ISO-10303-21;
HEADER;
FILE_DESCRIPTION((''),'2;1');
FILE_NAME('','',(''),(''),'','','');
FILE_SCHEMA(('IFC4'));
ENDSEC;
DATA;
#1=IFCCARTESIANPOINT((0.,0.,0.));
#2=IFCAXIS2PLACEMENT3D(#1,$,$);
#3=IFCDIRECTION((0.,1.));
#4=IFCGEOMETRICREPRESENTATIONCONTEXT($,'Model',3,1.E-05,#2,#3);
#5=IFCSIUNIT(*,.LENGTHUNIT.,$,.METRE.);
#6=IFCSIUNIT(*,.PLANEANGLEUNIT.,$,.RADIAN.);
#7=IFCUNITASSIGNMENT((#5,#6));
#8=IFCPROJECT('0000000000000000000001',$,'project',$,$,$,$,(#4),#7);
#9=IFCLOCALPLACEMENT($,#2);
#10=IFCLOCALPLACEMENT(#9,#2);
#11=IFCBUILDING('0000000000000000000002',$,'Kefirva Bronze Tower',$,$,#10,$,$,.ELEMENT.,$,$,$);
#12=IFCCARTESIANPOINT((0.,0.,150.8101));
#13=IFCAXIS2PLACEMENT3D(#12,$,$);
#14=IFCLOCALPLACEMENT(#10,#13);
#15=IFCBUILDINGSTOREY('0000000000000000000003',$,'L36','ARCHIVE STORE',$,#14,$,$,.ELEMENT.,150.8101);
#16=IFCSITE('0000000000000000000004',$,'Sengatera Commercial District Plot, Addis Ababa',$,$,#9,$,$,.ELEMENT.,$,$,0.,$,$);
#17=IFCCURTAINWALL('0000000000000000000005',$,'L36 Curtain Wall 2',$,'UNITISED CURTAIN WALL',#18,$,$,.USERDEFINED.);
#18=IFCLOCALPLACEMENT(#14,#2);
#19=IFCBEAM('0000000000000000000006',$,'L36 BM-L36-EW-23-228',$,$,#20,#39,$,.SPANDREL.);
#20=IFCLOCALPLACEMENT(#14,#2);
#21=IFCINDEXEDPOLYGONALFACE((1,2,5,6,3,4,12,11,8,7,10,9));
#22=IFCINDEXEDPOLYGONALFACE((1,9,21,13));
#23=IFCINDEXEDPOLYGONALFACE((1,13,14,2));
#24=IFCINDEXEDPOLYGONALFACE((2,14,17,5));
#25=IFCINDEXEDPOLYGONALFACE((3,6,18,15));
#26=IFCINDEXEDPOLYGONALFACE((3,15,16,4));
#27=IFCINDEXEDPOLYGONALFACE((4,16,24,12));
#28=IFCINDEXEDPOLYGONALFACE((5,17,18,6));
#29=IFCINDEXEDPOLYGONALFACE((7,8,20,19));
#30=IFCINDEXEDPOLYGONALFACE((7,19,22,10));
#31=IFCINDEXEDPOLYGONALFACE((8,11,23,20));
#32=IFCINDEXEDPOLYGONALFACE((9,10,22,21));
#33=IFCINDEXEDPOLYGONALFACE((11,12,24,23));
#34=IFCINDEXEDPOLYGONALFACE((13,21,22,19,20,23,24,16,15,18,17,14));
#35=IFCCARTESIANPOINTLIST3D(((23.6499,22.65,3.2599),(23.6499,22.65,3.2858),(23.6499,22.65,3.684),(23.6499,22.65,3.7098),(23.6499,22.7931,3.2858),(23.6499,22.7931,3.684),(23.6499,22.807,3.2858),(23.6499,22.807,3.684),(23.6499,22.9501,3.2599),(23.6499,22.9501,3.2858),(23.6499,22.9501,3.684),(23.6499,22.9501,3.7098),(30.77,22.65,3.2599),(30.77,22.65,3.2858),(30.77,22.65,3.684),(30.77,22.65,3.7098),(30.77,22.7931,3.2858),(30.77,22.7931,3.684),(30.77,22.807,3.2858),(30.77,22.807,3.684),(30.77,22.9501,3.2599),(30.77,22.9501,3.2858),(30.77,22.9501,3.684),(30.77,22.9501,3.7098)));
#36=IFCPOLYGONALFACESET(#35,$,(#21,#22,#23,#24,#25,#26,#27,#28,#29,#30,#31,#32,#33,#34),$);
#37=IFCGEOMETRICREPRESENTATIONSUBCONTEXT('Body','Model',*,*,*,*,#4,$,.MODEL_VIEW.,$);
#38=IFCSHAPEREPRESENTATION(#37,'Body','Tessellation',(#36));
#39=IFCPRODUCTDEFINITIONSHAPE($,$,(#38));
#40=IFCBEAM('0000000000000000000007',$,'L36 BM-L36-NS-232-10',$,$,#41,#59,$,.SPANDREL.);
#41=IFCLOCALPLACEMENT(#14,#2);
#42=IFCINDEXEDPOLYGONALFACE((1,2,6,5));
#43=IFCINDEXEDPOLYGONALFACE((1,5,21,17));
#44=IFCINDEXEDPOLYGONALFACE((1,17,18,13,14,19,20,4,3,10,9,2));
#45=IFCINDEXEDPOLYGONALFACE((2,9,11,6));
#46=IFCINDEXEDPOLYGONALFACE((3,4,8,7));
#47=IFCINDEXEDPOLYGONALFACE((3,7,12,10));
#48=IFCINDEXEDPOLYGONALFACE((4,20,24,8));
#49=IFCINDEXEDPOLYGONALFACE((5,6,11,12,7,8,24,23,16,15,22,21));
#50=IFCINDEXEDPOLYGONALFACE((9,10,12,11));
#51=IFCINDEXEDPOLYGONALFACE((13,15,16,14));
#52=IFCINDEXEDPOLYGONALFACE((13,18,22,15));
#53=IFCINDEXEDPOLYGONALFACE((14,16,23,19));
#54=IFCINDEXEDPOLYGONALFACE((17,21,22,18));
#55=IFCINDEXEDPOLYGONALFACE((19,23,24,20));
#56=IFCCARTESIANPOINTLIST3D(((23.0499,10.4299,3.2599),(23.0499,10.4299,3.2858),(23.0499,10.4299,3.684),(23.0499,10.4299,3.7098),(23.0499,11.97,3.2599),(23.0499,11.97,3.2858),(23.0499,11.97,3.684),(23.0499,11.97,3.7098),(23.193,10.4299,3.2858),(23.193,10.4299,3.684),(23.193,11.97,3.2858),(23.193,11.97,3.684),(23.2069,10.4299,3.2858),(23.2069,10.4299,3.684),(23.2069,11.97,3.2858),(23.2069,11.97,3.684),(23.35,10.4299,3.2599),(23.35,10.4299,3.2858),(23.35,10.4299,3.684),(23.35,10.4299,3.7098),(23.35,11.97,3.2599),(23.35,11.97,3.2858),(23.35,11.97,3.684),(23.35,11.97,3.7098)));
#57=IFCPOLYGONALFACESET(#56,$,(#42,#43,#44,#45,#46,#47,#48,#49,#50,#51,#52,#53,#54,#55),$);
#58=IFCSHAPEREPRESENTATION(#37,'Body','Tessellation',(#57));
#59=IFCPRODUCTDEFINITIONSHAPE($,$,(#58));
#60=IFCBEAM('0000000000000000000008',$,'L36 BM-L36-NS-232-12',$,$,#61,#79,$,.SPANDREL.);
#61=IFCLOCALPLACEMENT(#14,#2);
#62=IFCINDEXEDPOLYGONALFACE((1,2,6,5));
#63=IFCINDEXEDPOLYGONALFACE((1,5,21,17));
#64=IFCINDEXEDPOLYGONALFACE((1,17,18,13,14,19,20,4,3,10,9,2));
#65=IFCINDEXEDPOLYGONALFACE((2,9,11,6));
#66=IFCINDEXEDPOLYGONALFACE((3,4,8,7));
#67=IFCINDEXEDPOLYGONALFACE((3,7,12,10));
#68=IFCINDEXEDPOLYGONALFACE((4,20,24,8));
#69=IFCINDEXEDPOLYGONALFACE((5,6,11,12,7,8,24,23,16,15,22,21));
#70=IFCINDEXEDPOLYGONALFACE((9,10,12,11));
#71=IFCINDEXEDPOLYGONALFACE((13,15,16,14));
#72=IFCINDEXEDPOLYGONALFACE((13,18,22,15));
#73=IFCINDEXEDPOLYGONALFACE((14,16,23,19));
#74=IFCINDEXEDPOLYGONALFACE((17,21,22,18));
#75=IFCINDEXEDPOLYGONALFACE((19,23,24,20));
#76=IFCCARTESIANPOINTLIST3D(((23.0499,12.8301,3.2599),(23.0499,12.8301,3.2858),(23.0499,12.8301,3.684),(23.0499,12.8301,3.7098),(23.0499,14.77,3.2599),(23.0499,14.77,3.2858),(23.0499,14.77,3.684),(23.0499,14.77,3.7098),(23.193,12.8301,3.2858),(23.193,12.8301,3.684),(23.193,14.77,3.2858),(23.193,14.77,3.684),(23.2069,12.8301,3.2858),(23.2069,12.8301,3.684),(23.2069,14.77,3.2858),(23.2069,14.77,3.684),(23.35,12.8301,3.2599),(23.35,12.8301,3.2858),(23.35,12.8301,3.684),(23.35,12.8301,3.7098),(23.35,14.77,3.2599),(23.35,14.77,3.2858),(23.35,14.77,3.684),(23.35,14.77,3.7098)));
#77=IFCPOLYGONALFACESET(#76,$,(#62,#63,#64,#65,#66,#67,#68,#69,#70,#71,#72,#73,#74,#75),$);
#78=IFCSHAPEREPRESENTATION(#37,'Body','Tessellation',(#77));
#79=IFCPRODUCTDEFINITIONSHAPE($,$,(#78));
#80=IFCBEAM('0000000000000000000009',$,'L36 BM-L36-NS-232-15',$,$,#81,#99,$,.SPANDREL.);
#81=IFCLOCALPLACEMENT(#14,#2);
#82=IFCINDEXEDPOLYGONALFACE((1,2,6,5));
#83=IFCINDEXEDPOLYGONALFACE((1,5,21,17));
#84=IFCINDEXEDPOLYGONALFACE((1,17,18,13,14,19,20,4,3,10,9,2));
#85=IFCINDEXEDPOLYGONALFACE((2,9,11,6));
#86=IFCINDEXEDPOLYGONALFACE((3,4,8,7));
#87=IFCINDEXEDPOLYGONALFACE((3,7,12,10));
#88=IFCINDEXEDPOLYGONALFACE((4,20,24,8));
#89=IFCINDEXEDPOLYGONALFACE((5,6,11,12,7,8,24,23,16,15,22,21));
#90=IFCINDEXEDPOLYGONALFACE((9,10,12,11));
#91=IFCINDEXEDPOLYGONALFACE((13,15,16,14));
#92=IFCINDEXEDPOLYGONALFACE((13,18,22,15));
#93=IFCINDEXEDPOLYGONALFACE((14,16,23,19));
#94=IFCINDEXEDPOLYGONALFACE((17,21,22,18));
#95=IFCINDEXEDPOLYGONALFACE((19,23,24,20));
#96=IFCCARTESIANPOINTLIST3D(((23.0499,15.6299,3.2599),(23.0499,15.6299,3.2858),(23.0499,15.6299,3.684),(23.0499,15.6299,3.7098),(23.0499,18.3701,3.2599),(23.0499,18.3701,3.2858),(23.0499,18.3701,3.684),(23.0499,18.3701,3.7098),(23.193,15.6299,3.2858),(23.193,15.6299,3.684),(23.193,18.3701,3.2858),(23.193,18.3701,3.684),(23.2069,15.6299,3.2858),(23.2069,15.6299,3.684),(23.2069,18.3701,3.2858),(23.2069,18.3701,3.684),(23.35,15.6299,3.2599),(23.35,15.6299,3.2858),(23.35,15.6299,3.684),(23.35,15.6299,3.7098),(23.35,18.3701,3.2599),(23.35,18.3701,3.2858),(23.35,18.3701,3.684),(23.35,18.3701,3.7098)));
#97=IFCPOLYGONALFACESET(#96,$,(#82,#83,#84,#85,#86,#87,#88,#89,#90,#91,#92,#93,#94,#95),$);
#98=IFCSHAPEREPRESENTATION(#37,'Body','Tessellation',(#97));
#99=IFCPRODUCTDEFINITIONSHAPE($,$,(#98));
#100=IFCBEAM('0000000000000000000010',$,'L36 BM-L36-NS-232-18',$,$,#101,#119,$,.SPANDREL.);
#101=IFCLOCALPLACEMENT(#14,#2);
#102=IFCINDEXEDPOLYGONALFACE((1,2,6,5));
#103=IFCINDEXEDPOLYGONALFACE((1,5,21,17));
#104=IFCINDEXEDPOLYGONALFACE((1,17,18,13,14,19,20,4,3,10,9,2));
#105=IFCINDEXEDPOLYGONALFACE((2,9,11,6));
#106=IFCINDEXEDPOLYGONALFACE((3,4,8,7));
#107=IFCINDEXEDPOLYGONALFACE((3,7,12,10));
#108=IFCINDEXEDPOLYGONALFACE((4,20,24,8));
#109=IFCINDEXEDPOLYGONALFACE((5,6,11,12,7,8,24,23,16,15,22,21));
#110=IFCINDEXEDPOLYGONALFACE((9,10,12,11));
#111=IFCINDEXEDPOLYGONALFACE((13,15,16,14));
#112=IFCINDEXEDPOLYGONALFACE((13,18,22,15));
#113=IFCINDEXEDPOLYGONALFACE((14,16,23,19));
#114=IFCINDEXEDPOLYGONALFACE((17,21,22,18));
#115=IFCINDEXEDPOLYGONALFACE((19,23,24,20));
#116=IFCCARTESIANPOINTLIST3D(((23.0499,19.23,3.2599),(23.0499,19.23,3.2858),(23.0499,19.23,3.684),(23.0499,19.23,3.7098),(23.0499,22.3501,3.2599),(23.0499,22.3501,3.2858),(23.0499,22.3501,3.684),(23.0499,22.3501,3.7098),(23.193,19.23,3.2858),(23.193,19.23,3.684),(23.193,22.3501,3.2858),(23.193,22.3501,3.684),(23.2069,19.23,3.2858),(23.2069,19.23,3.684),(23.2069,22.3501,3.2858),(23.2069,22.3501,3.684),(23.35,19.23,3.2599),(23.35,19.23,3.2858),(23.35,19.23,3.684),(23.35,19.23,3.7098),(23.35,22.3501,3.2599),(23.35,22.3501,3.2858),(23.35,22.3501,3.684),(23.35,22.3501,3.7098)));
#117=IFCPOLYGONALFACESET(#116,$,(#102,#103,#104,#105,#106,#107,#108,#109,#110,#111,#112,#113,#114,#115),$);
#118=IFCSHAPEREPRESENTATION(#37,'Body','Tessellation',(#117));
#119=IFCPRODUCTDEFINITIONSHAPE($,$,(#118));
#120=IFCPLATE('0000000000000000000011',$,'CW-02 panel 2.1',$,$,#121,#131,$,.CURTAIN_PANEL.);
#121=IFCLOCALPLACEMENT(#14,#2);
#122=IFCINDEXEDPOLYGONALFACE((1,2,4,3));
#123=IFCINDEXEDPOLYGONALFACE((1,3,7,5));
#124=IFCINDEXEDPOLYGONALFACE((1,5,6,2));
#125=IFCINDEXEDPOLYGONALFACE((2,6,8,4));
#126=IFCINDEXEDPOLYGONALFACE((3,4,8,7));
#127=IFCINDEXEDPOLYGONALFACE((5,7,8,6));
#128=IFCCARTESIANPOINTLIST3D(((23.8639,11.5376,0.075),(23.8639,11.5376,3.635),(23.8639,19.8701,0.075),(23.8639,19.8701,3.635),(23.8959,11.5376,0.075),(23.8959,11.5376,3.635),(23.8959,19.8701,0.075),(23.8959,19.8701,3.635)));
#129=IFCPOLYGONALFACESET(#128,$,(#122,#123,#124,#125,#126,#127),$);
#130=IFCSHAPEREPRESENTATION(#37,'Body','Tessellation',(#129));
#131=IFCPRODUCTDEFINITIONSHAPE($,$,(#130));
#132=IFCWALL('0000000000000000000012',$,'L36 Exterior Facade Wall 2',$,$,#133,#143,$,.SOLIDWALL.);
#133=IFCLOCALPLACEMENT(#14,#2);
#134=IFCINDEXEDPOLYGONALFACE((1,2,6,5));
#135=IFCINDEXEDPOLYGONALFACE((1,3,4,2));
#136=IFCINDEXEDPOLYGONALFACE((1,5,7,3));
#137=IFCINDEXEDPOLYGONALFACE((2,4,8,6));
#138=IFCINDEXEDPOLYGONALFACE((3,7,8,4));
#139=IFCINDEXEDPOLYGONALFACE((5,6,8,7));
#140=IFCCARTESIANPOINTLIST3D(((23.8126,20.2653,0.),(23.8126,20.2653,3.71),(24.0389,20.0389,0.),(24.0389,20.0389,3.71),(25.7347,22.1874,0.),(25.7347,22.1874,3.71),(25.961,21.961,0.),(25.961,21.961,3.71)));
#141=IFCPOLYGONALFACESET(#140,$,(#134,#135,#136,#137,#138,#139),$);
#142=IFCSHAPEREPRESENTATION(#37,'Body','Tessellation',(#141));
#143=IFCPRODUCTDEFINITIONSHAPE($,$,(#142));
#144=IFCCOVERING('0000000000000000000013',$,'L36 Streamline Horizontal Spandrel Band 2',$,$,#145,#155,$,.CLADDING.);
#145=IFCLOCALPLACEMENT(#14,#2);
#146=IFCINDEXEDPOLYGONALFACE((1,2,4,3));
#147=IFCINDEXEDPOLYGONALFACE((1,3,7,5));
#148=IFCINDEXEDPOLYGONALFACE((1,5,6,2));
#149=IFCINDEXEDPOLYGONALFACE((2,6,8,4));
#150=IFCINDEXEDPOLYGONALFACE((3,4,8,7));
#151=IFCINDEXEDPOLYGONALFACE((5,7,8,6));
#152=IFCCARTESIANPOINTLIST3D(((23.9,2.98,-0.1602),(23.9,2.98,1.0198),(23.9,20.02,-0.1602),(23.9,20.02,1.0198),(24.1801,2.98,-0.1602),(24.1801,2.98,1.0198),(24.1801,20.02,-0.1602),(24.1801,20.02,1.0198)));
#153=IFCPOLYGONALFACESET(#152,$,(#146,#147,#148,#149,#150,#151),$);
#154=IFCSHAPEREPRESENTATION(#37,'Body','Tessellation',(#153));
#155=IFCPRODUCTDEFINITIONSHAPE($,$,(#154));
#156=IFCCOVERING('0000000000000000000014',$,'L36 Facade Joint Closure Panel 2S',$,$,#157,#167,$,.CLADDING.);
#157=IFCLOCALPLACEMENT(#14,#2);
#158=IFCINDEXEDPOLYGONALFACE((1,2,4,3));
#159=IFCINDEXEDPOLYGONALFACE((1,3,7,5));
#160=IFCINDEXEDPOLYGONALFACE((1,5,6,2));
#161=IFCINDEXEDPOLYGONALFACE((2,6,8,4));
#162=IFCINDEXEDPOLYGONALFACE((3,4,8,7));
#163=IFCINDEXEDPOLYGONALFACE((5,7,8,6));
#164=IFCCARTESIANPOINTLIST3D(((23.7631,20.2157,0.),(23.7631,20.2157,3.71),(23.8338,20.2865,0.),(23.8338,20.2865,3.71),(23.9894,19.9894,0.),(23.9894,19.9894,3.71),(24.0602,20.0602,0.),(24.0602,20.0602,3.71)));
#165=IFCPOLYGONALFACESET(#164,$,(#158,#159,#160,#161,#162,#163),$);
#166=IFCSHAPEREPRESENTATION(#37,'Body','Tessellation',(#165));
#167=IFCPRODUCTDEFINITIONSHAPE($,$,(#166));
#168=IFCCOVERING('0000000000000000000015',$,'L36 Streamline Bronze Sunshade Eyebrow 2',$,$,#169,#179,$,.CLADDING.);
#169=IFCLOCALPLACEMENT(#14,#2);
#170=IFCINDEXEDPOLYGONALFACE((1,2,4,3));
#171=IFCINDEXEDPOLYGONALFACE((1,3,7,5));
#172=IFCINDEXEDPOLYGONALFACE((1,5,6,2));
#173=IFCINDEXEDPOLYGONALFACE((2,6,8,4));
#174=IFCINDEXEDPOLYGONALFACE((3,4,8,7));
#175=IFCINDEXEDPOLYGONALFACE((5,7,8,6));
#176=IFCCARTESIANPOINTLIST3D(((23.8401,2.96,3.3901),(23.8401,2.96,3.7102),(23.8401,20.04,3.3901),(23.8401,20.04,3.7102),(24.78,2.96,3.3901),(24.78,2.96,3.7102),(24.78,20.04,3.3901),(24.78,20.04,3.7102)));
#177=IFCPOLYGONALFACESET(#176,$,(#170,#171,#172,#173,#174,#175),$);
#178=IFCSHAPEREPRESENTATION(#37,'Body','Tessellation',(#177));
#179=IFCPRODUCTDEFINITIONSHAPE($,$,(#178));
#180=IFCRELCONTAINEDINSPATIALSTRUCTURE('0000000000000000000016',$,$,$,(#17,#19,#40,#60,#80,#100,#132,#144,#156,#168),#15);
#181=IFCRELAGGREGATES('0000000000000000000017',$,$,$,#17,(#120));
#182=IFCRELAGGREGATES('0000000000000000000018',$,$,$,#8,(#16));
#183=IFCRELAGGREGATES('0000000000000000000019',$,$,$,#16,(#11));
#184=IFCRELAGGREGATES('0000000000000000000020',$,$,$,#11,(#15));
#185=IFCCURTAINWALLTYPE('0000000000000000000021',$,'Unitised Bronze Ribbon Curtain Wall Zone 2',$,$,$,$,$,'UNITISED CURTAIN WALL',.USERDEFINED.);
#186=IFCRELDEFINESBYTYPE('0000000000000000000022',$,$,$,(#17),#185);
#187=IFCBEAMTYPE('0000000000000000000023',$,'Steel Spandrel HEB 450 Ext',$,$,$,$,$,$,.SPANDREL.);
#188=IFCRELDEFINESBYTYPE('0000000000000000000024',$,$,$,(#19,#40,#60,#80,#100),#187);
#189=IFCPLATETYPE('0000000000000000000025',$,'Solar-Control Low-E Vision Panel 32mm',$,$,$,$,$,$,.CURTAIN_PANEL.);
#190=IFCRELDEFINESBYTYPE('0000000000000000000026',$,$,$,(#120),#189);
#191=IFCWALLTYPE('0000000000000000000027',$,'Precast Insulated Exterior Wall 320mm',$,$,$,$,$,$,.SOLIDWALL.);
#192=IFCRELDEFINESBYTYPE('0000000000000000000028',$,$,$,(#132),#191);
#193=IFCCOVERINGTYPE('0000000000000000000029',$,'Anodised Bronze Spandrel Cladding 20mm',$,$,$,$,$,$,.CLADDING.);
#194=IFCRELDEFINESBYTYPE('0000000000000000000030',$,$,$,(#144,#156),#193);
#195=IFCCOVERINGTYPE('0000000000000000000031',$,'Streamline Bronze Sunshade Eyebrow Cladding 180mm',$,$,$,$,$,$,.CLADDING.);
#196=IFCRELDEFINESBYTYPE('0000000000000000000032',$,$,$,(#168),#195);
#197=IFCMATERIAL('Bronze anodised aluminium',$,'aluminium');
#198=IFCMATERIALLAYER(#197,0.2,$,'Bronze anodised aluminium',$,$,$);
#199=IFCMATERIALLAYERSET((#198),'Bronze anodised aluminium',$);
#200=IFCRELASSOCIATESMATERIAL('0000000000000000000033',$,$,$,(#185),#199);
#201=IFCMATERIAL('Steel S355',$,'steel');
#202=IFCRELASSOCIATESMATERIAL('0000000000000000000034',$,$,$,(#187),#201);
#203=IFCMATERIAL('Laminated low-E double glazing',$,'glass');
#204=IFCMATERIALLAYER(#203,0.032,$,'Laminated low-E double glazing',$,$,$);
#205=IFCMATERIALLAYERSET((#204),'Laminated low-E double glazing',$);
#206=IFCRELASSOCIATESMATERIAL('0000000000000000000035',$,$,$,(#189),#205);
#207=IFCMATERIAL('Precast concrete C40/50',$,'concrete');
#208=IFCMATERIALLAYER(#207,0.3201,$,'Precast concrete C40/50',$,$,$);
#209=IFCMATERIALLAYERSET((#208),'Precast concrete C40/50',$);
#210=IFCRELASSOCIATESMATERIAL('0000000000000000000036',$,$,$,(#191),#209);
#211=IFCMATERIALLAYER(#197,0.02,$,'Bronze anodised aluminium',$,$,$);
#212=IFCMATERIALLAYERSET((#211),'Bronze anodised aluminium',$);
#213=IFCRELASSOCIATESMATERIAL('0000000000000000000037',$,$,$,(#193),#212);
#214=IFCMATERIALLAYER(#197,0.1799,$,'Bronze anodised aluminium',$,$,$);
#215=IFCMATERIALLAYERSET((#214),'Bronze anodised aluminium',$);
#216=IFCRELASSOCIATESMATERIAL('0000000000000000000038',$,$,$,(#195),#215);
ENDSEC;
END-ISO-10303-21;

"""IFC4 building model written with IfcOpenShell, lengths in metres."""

from ifc_helpers import new_model, si_unit, direction, frame, frame_2d, origin, origin_2d, place, context, subcontext, project, spatial, rectangle, i_section, extrude, material, layer, layer_set, material_profile, profile_set, type_object, element, aggregate, save


model = new_model("IFC4")

# Units and contexts
model_context = context("Model", 3, precision=1e-05, world=origin(), true_north=direction((0.0, 1.0)))
body_context = subcontext(model_context, "Body", "Model", "MODEL_VIEW")
ifc_project = project(units=[si_unit("LENGTHUNIT", "METRE"), si_unit("PLANEANGLEUNIT", "RADIAN")], contexts=[model_context])

# Site, building, storey
site_placement = place(None, origin())
site = spatial("IfcSite", under=ifc_project, at=site_placement, Name="Sengatera Commercial District Plot, Addis Ababa", CompositionType="ELEMENT", RefElevation=0.0)
building_placement = place(site_placement, origin())
building = spatial("IfcBuilding", under=site, at=building_placement, Name="Kefirva Bronze Tower", CompositionType="ELEMENT")
storey_placement = place(building_placement, frame((0.0, 0.0, 150.8101)))
storey = spatial("IfcBuildingStorey", under=building, at=storey_placement, Name="L36", Description="ARCHIVE STORE", CompositionType="ELEMENT", Elevation=150.8101)

# Curtain wall
ifc_material_1 = material(Name="Bronze anodised aluminium", Category="aluminium")
ifc_layer_1 = layer(ifc_material_1, 0.2, Name="Bronze anodised aluminium")
ifc_layer_set_1 = layer_set([ifc_layer_1], Name="Bronze anodised aluminium")
curtain_wall_type = type_object("IfcCurtainWallType", Name="Unitised Bronze Ribbon Curtain Wall Zone 2", ElementType="UNITISED CURTAIN WALL", PredefinedType="USERDEFINED", material=ifc_layer_set_1)
curtain_wall_placement = place(storey_placement, origin())
curtain_wall = element("IfcCurtainWall", 1, at=curtain_wall_placement, inside=storey, type_object=curtain_wall_type, Name="L36 Curtain Wall 2", ObjectType="UNITISED CURTAIN WALL", PredefinedType="USERDEFINED")

# Beams
ifc_material_2 = material(Name="Steel S355", Category="steel")
ifc_material_profile_1 = material_profile(ifc_material_2, i_section(OverallWidth=0.3, OverallDepth=0.45, WebThickness=0.0139, FlangeThickness=0.0259, at=origin_2d()), Name="HEB 450")
ifc_profile_set_1 = profile_set([ifc_material_profile_1], Name="Steel S355")
beam_type_1 = type_object("IfcBeamType", Name="Steel Spandrel HEB 450 Ext", PredefinedType="SPANDREL", material=ifc_profile_set_1)
beam_1_placement = place(storey_placement, frame((23.6499, 22.8, 3.4849), z_axis=(1.0, 0.0, 0.0), x_axis=(0.0, 1.0, 0.0)))
element("IfcBeam", 2, at=beam_1_placement, inside=storey, type_object=beam_type_1, Name="L36 BM-L36-EW-23-228", PredefinedType="SPANDREL", context=body_context, shape_type="SweptSolid", body=[
    extrude(i_section(OverallWidth=0.3, OverallDepth=0.45, WebThickness=0.0139, FlangeThickness=0.0259, at=origin_2d()), origin(), (0.0, 0.0, 1.0), 7.1201),
])
beam_2_placement = place(storey_placement, frame((23.2, 10.4299, 3.4849), z_axis=(0.0, 1.0, 0.0), x_axis=(-1.0, 0.0, 0.0)))
element("IfcBeam", 3, at=beam_2_placement, inside=storey, type_object=beam_type_1, Name="L36 BM-L36-NS-232-10", PredefinedType="SPANDREL", context=body_context, shape_type="SweptSolid", body=[
    extrude(i_section(OverallWidth=0.3, OverallDepth=0.45, WebThickness=0.0139, FlangeThickness=0.0259, at=origin_2d()), origin(), (0.0, 0.0, 1.0), 1.54),
])
beam_3_placement = place(storey_placement, frame((23.2, 12.8301, 3.4849), z_axis=(0.0, 1.0, 0.0), x_axis=(-1.0, 0.0, 0.0)))
element("IfcBeam", 4, at=beam_3_placement, inside=storey, type_object=beam_type_1, Name="L36 BM-L36-NS-232-12", PredefinedType="SPANDREL", context=body_context, shape_type="SweptSolid", body=[
    extrude(i_section(OverallWidth=0.3, OverallDepth=0.45, WebThickness=0.0139, FlangeThickness=0.0259, at=origin_2d()), origin(), (0.0, 0.0, 1.0), 1.9399),
])
beam_4_placement = place(storey_placement, frame((23.2, 15.6299, 3.4849), z_axis=(0.0, 1.0, 0.0), x_axis=(-1.0, 0.0, 0.0)))
element("IfcBeam", 5, at=beam_4_placement, inside=storey, type_object=beam_type_1, Name="L36 BM-L36-NS-232-15", PredefinedType="SPANDREL", context=body_context, shape_type="SweptSolid", body=[
    extrude(i_section(OverallWidth=0.3, OverallDepth=0.45, WebThickness=0.0139, FlangeThickness=0.0259, at=origin_2d()), origin(), (0.0, 0.0, 1.0), 2.7402),
])
beam_5_placement = place(storey_placement, frame((23.2, 19.23, 3.4849), z_axis=(0.0, 1.0, 0.0), x_axis=(-1.0, 0.0, 0.0)))
element("IfcBeam", 6, at=beam_5_placement, inside=storey, type_object=beam_type_1, Name="L36 BM-L36-NS-232-18", PredefinedType="SPANDREL", context=body_context, shape_type="SweptSolid", body=[
    extrude(i_section(OverallWidth=0.3, OverallDepth=0.45, WebThickness=0.0139, FlangeThickness=0.0259, at=origin_2d()), origin(), (0.0, 0.0, 1.0), 3.1201),
])

# Plate
ifc_material_3 = material(Name="Laminated low-E double glazing", Category="glass")
ifc_layer_2 = layer(ifc_material_3, 0.032, Name="Laminated low-E double glazing")
ifc_layer_set_2 = layer_set([ifc_layer_2], Name="Laminated low-E double glazing")
plate_type = type_object("IfcPlateType", Name="Solar-Control Low-E Vision Panel 32mm", PredefinedType="CURTAIN_PANEL", material=ifc_layer_set_2)
plate_placement = place(storey_placement, frame((23.8799, 15.7039, 0.075), z_axis=(0.0, 0.0, 1.0), x_axis=(0.0, 1.0, 0.0)))
plate = element("IfcPlate", 7, at=plate_placement, type_object=plate_type, Name="CW-02 panel 2.1", PredefinedType="CURTAIN_PANEL", context=body_context, shape_type="SweptSolid", body=[
    extrude(rectangle(XDim=8.3325, YDim=0.032, at=origin_2d()), origin(), (0.0, 0.0, 1.0), 3.5601),
])
aggregate(curtain_wall, [plate])

# Wall
ifc_material_4 = material(Name="Precast concrete C40/50", Category="concrete")
ifc_layer_3 = layer(ifc_material_4, 0.3201, Name="Precast concrete C40/50")
ifc_layer_set_3 = layer_set([ifc_layer_3], Name="Precast concrete C40/50")
wall_type = type_object("IfcWallType", Name="Precast Insulated Exterior Wall 320mm", PredefinedType="SOLIDWALL", material=ifc_layer_set_3)
wall_placement = place(storey_placement, frame((23.9258, 20.1521, 0.0), z_axis=(0.0, 0.0, 1.0), x_axis=(0.707107, 0.707107, 0.0)))
element("IfcWall", 8, at=wall_placement, inside=storey, type_object=wall_type, Name="L36 Exterior Facade Wall 2", PredefinedType="SOLIDWALL", context=body_context, shape_type="SweptSolid", body=[
    extrude(rectangle(XDim=2.7183, YDim=0.3201, at=frame_2d((1.3591, 0.0))), origin(), (0.0, 0.0, 1.0), 3.71),
])

# Coverings
ifc_layer_4 = layer(ifc_material_1, 0.02, Name="Bronze anodised aluminium")
ifc_layer_set_4 = layer_set([ifc_layer_4], Name="Bronze anodised aluminium")
covering_type_1 = type_object("IfcCoveringType", Name="Anodised Bronze Spandrel Cladding 20mm", PredefinedType="CLADDING", material=ifc_layer_set_4)
covering_1_placement = place(storey_placement, frame((24.04, 11.5, -0.1602), z_axis=(0.0, 0.0, 1.0), x_axis=(0.0, 1.0, 0.0)))
element("IfcCovering", 9, at=covering_1_placement, inside=storey, type_object=covering_type_1, Name="L36 Streamline Horizontal Spandrel Band 2", PredefinedType="CLADDING", context=body_context, shape_type="SweptSolid", body=[
    extrude(rectangle(XDim=17.04, YDim=0.28, at=origin_2d()), origin(), (0.0, 0.0, 1.0), 1.1799),
])
covering_2_placement = place(storey_placement, frame((23.9116, 20.1379, 0.0), z_axis=(0.0, 0.0, 1.0), x_axis=(0.707107, 0.707107, 0.0)))
element("IfcCovering", 10, at=covering_2_placement, inside=storey, type_object=covering_type_1, Name="L36 Facade Joint Closure Panel 2S", PredefinedType="CLADDING", context=body_context, shape_type="SweptSolid", body=[
    extrude(rectangle(XDim=0.1001, YDim=0.3201, at=origin_2d()), origin(), (0.0, 0.0, 1.0), 3.71),
])
ifc_layer_5 = layer(ifc_material_1, 0.1799, Name="Bronze anodised aluminium")
ifc_layer_set_5 = layer_set([ifc_layer_5], Name="Bronze anodised aluminium")
covering_type_2 = type_object("IfcCoveringType", Name="Streamline Bronze Sunshade Eyebrow Cladding 180mm", PredefinedType="CLADDING", material=ifc_layer_set_5)
covering_3_placement = place(storey_placement, frame((24.3101, 11.5, 3.3901), z_axis=(0.0, 0.0, 1.0), x_axis=(0.0, 1.0, 0.0)))
element("IfcCovering", 11, at=covering_3_placement, inside=storey, type_object=covering_type_2, Name="L36 Streamline Bronze Sunshade Eyebrow 2", PredefinedType="CLADDING", context=body_context, shape_type="SweptSolid", body=[
    extrude(rectangle(XDim=17.0801, YDim=0.9399, at=origin_2d()), origin(), (0.0, 0.0, 1.0), 0.3201),
])

save(model, "model.ifc")
